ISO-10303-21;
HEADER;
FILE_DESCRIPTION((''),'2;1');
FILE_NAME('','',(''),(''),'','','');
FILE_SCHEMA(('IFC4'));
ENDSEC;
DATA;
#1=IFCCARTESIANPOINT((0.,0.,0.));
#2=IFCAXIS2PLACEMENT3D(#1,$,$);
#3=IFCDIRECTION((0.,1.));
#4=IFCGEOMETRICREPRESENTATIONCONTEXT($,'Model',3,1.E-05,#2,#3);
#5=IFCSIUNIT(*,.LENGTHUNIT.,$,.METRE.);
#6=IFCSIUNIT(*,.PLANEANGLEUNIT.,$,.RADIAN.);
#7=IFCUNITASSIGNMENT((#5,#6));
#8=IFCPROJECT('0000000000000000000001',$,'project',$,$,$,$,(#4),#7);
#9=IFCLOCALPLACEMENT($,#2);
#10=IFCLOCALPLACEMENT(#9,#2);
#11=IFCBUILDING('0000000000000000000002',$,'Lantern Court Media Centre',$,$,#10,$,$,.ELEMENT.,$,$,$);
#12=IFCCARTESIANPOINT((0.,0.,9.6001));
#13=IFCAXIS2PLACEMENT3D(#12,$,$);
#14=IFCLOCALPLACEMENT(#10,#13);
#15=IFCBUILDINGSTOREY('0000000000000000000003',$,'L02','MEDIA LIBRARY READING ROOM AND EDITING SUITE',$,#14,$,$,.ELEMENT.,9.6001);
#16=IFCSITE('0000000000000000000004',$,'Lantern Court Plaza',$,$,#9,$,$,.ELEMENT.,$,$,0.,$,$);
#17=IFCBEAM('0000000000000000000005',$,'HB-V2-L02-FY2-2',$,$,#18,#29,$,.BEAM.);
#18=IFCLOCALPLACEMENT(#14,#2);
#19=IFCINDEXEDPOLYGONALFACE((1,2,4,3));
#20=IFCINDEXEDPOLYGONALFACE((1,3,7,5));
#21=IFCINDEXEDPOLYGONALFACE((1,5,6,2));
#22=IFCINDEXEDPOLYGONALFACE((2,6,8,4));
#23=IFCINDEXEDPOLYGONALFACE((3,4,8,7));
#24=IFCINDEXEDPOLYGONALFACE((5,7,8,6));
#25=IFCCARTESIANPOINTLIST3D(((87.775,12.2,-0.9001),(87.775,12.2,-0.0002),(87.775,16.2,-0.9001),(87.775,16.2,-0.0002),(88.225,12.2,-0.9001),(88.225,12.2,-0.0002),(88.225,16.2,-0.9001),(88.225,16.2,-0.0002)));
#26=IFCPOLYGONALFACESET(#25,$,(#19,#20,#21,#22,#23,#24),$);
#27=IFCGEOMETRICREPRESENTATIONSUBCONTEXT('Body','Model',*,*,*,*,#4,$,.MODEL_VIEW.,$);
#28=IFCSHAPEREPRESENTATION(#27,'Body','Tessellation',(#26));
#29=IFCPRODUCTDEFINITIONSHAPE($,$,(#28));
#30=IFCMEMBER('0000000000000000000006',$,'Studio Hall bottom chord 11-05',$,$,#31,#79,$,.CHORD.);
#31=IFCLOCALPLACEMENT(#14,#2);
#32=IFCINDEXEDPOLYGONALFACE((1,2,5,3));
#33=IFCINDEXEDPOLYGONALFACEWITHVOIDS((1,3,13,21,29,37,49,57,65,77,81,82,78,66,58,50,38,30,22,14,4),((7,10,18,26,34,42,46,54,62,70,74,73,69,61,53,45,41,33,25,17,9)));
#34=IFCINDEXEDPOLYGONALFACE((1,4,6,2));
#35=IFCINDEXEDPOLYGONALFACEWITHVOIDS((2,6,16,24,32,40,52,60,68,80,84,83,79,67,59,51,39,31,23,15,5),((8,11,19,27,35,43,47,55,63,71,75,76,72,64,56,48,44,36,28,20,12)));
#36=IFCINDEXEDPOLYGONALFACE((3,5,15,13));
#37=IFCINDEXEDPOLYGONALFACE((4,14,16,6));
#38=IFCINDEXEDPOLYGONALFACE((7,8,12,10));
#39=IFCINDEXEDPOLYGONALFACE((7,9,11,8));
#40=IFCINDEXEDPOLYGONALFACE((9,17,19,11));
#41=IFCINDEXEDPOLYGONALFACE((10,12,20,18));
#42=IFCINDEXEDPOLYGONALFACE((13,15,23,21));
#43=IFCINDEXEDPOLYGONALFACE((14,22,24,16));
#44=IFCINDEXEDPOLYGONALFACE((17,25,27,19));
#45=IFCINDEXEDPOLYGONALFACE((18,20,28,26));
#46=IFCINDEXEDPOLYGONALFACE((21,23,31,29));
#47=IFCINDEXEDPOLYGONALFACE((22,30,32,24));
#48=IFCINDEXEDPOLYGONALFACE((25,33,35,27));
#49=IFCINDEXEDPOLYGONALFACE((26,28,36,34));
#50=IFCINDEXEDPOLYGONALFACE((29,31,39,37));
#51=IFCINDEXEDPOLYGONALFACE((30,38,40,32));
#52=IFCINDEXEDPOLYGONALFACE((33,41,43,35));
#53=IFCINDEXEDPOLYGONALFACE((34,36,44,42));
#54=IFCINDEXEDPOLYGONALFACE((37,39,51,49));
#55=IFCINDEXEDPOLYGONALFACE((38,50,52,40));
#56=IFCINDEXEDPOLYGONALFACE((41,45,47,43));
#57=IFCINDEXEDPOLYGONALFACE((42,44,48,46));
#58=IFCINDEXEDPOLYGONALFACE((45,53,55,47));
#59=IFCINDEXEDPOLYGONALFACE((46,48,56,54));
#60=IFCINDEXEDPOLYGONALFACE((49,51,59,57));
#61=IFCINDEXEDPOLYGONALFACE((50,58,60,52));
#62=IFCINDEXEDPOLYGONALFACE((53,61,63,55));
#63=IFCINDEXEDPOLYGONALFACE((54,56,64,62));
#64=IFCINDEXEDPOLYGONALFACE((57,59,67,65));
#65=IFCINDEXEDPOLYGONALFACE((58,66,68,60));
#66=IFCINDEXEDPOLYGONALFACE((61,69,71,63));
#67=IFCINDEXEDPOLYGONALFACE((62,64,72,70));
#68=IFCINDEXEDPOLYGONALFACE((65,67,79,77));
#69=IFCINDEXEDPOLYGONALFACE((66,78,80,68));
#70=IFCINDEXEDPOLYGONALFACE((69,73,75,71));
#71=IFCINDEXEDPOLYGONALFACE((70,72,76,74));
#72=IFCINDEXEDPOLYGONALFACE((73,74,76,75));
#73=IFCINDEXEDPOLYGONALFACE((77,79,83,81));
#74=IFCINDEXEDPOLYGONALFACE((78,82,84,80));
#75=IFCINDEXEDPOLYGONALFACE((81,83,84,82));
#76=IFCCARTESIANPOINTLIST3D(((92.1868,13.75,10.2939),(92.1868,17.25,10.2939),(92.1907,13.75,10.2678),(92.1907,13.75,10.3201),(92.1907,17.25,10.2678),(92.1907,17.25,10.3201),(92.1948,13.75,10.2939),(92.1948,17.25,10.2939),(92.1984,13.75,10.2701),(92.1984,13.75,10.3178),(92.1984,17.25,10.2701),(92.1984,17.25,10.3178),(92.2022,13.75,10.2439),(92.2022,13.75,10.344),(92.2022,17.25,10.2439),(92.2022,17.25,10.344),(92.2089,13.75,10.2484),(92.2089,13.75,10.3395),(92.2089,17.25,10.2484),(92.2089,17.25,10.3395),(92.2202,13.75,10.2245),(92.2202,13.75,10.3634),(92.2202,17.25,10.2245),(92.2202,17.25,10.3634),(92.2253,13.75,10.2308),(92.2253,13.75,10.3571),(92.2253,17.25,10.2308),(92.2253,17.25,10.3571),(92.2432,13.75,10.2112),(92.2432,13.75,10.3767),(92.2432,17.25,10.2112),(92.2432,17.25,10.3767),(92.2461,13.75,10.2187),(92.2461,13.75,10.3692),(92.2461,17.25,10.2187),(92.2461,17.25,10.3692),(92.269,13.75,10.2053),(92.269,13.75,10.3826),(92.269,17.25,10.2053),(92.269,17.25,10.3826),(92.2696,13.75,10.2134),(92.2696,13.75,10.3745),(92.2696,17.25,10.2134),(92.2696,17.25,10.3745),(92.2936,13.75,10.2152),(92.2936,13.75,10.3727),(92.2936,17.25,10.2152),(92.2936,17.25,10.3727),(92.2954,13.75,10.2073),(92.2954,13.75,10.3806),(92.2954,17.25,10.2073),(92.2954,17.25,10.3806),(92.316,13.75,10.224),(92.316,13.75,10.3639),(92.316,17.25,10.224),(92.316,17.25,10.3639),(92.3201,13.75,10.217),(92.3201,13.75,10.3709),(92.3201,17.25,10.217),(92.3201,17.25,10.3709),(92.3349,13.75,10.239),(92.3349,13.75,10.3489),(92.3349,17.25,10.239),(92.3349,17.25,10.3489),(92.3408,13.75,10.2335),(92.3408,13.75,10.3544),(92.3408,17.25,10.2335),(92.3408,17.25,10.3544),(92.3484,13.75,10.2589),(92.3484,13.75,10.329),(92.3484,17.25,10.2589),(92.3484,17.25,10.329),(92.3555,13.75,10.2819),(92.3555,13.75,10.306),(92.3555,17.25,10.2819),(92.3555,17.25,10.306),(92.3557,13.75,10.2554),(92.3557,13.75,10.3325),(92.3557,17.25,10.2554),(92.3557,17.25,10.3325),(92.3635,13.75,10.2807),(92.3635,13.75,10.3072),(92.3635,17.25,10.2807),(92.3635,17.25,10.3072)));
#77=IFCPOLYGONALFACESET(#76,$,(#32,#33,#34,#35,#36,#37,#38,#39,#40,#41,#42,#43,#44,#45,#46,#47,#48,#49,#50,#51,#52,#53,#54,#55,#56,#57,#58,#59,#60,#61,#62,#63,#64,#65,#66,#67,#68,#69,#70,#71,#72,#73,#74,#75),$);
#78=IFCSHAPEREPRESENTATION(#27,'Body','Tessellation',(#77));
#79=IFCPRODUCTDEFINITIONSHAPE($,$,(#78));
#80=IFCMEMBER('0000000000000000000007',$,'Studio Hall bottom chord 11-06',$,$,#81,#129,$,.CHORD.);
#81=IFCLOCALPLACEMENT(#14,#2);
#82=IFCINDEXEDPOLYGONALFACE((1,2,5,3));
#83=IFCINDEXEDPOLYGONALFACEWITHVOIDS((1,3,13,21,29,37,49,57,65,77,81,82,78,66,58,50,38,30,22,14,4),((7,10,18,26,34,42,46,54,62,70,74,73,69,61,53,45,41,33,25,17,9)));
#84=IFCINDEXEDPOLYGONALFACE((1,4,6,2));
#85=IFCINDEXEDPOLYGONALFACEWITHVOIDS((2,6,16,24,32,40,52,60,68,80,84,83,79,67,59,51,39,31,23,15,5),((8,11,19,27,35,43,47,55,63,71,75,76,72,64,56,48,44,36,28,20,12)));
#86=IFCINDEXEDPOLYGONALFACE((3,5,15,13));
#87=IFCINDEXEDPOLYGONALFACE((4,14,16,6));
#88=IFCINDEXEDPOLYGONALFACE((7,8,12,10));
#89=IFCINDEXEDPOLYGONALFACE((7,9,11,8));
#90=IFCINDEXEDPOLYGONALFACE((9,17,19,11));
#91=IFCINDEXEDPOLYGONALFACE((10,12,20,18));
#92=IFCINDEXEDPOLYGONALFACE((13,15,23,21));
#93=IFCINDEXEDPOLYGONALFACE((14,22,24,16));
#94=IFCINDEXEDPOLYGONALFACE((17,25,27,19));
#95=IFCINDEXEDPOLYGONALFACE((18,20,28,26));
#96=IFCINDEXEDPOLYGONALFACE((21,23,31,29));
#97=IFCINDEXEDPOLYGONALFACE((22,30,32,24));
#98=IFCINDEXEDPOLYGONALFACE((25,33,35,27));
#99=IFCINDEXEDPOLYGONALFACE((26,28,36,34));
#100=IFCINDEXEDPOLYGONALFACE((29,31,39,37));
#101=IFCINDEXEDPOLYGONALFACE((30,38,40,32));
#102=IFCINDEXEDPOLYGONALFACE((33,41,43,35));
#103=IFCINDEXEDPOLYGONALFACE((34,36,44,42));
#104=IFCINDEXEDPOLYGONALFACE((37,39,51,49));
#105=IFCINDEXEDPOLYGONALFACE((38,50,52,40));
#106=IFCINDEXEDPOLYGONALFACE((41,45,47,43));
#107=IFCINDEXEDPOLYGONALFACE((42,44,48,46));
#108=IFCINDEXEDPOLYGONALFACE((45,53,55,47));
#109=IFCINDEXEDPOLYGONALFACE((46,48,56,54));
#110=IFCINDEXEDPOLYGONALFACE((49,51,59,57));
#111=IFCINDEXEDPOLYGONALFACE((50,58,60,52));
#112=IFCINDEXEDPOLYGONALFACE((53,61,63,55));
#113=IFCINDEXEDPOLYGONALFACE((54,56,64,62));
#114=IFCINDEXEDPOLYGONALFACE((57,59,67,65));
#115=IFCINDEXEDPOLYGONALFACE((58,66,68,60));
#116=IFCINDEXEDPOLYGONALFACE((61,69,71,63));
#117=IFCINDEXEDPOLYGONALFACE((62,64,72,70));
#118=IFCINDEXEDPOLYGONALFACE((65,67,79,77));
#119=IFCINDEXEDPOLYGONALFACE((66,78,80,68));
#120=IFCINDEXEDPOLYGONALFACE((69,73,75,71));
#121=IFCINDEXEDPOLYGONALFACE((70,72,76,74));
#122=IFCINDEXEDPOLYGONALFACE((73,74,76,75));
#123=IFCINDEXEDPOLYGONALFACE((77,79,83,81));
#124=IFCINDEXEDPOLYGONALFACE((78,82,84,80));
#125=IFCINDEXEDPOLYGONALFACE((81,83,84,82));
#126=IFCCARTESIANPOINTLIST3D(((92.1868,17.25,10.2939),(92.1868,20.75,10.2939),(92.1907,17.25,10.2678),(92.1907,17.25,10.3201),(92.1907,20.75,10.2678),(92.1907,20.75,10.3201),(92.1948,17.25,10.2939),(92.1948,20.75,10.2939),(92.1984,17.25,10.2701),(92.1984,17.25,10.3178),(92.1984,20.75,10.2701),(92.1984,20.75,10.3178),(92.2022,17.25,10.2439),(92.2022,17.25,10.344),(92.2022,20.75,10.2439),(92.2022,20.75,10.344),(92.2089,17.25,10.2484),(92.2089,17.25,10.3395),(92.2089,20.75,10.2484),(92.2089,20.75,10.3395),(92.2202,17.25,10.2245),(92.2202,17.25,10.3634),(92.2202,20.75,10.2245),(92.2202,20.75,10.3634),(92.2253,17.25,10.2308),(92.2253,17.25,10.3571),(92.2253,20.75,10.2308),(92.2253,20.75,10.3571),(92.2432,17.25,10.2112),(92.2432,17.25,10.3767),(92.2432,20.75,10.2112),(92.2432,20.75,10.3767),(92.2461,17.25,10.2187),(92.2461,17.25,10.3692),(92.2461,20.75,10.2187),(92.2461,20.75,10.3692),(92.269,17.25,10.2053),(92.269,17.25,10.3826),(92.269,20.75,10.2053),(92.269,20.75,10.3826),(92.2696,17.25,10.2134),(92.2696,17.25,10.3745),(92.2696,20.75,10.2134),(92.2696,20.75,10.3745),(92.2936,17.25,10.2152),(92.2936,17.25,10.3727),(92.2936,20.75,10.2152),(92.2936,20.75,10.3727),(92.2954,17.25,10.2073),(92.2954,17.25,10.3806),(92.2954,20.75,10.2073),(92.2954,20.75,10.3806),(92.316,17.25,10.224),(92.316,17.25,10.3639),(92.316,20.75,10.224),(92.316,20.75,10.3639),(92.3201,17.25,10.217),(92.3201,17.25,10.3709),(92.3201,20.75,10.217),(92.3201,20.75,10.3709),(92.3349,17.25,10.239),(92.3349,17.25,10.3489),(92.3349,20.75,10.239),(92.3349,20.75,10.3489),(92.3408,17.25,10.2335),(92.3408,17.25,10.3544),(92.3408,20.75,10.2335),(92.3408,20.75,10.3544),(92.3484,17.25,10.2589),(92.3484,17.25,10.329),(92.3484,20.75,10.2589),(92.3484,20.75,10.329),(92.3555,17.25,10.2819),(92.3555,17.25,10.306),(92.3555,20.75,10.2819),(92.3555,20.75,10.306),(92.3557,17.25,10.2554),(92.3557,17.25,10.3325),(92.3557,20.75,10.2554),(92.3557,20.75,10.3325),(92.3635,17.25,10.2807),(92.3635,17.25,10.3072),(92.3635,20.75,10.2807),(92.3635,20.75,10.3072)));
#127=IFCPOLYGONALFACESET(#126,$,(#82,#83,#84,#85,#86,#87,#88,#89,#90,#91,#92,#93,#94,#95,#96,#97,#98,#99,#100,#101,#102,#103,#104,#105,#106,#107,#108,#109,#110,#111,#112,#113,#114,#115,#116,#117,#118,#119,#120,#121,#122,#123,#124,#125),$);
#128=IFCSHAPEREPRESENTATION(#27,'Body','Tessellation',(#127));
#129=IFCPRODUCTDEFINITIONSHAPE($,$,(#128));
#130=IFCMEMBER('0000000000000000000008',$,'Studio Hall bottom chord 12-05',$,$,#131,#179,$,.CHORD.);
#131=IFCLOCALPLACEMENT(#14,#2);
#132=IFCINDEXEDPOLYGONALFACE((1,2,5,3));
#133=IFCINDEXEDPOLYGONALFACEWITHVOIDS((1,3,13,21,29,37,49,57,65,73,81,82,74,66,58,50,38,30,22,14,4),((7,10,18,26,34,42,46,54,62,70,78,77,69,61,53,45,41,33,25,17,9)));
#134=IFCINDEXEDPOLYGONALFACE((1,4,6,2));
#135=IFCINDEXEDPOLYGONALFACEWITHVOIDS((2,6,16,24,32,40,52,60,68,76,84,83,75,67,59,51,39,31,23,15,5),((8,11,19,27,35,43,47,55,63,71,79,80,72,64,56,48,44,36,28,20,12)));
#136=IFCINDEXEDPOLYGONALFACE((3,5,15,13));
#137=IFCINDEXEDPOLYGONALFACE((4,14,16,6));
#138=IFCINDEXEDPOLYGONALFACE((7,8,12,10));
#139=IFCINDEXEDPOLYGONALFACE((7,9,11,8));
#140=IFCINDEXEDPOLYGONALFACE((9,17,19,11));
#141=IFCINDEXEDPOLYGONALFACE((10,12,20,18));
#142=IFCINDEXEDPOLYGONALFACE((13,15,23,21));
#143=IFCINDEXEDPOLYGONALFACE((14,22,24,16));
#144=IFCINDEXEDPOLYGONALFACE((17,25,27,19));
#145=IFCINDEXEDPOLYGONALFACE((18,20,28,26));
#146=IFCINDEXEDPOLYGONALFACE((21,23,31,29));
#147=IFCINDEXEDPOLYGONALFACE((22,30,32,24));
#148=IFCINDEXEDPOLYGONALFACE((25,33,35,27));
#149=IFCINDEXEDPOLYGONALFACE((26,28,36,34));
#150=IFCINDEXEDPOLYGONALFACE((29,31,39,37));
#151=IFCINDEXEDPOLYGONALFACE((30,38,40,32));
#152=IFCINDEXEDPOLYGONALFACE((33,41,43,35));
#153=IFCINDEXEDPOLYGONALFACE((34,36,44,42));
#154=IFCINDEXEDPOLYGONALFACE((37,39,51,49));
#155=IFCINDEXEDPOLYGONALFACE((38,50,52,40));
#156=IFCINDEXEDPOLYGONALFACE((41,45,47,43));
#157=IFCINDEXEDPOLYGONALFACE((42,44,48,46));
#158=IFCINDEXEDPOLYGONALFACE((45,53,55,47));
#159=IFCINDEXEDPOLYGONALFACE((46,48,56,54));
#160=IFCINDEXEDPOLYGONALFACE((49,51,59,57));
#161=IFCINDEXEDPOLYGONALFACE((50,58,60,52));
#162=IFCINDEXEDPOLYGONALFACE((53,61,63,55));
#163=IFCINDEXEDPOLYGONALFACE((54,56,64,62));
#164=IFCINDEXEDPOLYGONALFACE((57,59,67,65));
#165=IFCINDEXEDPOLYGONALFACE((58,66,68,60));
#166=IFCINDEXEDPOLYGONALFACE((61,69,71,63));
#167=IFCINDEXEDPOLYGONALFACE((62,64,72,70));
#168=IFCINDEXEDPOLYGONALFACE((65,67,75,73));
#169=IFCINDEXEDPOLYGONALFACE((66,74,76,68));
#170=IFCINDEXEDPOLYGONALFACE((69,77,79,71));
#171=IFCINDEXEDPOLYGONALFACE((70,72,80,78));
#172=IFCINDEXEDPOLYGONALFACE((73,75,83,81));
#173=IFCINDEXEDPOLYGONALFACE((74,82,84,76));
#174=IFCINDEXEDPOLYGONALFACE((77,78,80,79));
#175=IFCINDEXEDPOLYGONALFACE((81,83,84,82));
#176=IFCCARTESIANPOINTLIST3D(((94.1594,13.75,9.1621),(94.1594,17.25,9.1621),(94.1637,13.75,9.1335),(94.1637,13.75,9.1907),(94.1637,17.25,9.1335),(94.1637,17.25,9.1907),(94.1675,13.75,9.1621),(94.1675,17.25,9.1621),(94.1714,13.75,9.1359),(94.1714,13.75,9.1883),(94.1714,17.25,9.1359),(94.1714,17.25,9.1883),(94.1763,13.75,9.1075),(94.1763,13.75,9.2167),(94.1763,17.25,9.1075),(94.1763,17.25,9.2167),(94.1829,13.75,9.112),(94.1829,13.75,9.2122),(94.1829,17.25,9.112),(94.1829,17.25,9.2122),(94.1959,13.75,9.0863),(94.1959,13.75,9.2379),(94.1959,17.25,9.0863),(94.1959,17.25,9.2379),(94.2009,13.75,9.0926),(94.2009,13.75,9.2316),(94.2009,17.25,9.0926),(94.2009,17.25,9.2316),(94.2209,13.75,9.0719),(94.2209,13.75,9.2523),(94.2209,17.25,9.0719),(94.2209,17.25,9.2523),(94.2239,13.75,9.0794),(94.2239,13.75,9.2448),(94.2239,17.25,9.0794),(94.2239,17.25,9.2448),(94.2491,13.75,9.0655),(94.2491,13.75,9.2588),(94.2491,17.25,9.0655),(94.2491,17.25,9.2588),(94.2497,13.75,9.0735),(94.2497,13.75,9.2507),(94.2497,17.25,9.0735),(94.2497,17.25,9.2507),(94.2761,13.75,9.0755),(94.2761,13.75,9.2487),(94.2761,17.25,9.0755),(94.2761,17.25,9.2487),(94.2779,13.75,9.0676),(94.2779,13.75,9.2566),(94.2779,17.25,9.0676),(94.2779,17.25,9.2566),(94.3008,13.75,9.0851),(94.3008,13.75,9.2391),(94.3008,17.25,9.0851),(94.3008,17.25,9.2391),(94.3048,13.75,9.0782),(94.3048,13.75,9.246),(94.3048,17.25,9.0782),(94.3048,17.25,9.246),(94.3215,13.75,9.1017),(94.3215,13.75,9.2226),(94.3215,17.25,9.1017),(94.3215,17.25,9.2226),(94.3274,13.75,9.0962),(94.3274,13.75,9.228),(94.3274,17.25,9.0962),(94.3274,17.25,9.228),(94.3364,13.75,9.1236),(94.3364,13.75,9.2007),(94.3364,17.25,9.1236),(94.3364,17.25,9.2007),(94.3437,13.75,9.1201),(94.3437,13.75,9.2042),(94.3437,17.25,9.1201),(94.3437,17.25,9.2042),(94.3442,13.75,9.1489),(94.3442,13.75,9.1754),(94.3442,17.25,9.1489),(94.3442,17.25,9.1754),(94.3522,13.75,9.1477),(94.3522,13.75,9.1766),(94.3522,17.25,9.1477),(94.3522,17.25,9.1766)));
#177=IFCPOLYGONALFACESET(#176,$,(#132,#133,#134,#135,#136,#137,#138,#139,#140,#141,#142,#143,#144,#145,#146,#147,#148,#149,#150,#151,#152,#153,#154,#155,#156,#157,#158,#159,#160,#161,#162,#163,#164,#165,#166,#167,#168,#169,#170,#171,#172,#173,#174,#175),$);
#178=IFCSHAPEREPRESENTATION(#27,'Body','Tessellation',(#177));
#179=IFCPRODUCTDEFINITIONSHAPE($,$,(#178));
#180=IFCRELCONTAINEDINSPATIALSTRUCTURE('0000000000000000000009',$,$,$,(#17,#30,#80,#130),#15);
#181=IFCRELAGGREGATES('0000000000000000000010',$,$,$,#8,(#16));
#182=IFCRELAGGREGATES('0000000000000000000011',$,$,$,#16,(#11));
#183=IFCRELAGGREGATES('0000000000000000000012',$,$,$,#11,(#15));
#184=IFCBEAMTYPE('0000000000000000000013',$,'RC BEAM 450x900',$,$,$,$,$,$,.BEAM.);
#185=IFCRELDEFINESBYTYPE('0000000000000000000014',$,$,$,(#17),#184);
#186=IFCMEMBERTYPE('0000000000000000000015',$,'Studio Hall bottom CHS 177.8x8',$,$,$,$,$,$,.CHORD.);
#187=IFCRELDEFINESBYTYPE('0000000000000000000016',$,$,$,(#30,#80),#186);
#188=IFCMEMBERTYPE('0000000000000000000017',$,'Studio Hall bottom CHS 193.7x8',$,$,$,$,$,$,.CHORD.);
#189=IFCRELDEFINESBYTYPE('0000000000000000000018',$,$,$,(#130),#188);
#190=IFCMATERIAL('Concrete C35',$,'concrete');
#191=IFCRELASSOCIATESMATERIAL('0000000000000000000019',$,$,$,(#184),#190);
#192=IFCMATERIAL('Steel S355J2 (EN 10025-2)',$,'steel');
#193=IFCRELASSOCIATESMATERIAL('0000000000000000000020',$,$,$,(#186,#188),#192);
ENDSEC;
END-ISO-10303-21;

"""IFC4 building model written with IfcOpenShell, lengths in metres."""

from ifc_helpers import new_model, si_unit, direction, frame, origin, origin_2d, place, context, subcontext, project, spatial, rectangle, hollow_circle, extrude, material, material_profile, profile_set, type_object, element, save


model = new_model("IFC4")

# Units and contexts
model_context = context("Model", 3, precision=1e-05, world=origin(), true_north=direction((0.0, 1.0)))
body_context = subcontext(model_context, "Body", "Model", "MODEL_VIEW")
ifc_project = project(units=[si_unit("LENGTHUNIT", "METRE"), si_unit("PLANEANGLEUNIT", "RADIAN")], contexts=[model_context])

# Site, building, storey
site_placement = place(None, origin())
site = spatial("IfcSite", under=ifc_project, at=site_placement, Name="Lantern Court Plaza", CompositionType="ELEMENT", RefElevation=0.0)
building_placement = place(site_placement, origin())
building = spatial("IfcBuilding", under=site, at=building_placement, Name="Lantern Court Media Centre", CompositionType="ELEMENT")
storey_placement = place(building_placement, frame((0.0, 0.0, 9.6001)))
storey = spatial("IfcBuildingStorey", under=building, at=storey_placement, Name="L02", Description="MEDIA LIBRARY READING ROOM AND EDITING SUITE", CompositionType="ELEMENT", Elevation=9.6001)

# Beam
ifc_material_1 = material(Name="Concrete C35", Category="concrete")
ifc_material_profile_1 = material_profile(ifc_material_1, rectangle(XDim=0.45, YDim=0.8999, at=origin_2d()), Name="RC 450x900")
ifc_profile_set_1 = profile_set([ifc_material_profile_1], Name="Concrete C35")
beam_type = type_object("IfcBeamType", Name="RC BEAM 450x900", PredefinedType="BEAM", material=ifc_profile_set_1)
beam_placement = place(storey_placement, frame((88.0, 12.2, -0.4502), z_axis=(0.0, 1.0, 0.0), x_axis=(-1.0, 0.0, 0.0)))
element("IfcBeam", 1, at=beam_placement, inside=storey, type_object=beam_type, Name="HB-V2-L02-FY2-2", PredefinedType="BEAM", context=body_context, shape_type="SweptSolid", body=[
    extrude(rectangle(XDim=0.45, YDim=0.8999, at=origin_2d()), origin(), (0.0, 0.0, 1.0), 4.0),
])

# Members
ifc_material_2 = material(Name="Steel S355J2 (EN 10025-2)", Category="steel")
ifc_material_profile_2 = material_profile(ifc_material_2, hollow_circle(Radius=0.0889, WallThickness=0.0081, at=origin_2d()), Name="Studio Hall bottom CHS 177.8x8")
ifc_profile_set_2 = profile_set([ifc_material_profile_2], Name="Steel S355J2 (EN 10025-2)")
member_type_1 = type_object("IfcMemberType", Name="Studio Hall bottom CHS 177.8x8", PredefinedType="CHORD", material=ifc_profile_set_2)
for number, where, z_axis, x_axis, name in (
    (2, (92.2756, 13.75, 10.2939), (0.0, 1.0, 0.0), (-1.0, 0.0, 0.0), "Studio Hall bottom chord 11-05"),
    (3, (92.2756, 17.25, 10.2939), (0.0, 1.0, 0.0), (-1.0, 0.0, 0.0), "Studio Hall bottom chord 11-06"),
):
    element("IfcMember", number, at=place(storey_placement, frame(where, z_axis=z_axis, x_axis=x_axis)), inside=storey, type_object=member_type_1, Name=name, PredefinedType="CHORD", context=body_context, shape_type="SweptSolid", body=[
        extrude(hollow_circle(Radius=0.0889, WallThickness=0.0081, at=origin_2d()), origin(), (0.0, 0.0, 1.0), 3.5),
    ])
ifc_material_profile_3 = material_profile(ifc_material_2, hollow_circle(Radius=0.0969, WallThickness=0.0081, at=origin_2d()), Name="Studio Hall bottom CHS 193.7x8")
ifc_profile_set_3 = profile_set([ifc_material_profile_3], Name="Steel S355J2 (EN 10025-2)")
member_type_2 = type_object("IfcMemberType", Name="Studio Hall bottom CHS 193.7x8", PredefinedType="CHORD", material=ifc_profile_set_3)
for number, where, z_axis, x_axis, name in (
    (4, (94.2563, 13.75, 9.1621), (0.0, 1.0, 0.0), (-1.0, 0.0, 0.0), "Studio Hall bottom chord 12-05"),
):
    element("IfcMember", number, at=place(storey_placement, frame(where, z_axis=z_axis, x_axis=x_axis)), inside=storey, type_object=member_type_2, Name=name, PredefinedType="CHORD", context=body_context, shape_type="SweptSolid", body=[
        extrude(hollow_circle(Radius=0.0969, WallThickness=0.0081, at=origin_2d()), origin(), (0.0, 0.0, 1.0), 3.5),
    ])

save(model, "model.ifc")
